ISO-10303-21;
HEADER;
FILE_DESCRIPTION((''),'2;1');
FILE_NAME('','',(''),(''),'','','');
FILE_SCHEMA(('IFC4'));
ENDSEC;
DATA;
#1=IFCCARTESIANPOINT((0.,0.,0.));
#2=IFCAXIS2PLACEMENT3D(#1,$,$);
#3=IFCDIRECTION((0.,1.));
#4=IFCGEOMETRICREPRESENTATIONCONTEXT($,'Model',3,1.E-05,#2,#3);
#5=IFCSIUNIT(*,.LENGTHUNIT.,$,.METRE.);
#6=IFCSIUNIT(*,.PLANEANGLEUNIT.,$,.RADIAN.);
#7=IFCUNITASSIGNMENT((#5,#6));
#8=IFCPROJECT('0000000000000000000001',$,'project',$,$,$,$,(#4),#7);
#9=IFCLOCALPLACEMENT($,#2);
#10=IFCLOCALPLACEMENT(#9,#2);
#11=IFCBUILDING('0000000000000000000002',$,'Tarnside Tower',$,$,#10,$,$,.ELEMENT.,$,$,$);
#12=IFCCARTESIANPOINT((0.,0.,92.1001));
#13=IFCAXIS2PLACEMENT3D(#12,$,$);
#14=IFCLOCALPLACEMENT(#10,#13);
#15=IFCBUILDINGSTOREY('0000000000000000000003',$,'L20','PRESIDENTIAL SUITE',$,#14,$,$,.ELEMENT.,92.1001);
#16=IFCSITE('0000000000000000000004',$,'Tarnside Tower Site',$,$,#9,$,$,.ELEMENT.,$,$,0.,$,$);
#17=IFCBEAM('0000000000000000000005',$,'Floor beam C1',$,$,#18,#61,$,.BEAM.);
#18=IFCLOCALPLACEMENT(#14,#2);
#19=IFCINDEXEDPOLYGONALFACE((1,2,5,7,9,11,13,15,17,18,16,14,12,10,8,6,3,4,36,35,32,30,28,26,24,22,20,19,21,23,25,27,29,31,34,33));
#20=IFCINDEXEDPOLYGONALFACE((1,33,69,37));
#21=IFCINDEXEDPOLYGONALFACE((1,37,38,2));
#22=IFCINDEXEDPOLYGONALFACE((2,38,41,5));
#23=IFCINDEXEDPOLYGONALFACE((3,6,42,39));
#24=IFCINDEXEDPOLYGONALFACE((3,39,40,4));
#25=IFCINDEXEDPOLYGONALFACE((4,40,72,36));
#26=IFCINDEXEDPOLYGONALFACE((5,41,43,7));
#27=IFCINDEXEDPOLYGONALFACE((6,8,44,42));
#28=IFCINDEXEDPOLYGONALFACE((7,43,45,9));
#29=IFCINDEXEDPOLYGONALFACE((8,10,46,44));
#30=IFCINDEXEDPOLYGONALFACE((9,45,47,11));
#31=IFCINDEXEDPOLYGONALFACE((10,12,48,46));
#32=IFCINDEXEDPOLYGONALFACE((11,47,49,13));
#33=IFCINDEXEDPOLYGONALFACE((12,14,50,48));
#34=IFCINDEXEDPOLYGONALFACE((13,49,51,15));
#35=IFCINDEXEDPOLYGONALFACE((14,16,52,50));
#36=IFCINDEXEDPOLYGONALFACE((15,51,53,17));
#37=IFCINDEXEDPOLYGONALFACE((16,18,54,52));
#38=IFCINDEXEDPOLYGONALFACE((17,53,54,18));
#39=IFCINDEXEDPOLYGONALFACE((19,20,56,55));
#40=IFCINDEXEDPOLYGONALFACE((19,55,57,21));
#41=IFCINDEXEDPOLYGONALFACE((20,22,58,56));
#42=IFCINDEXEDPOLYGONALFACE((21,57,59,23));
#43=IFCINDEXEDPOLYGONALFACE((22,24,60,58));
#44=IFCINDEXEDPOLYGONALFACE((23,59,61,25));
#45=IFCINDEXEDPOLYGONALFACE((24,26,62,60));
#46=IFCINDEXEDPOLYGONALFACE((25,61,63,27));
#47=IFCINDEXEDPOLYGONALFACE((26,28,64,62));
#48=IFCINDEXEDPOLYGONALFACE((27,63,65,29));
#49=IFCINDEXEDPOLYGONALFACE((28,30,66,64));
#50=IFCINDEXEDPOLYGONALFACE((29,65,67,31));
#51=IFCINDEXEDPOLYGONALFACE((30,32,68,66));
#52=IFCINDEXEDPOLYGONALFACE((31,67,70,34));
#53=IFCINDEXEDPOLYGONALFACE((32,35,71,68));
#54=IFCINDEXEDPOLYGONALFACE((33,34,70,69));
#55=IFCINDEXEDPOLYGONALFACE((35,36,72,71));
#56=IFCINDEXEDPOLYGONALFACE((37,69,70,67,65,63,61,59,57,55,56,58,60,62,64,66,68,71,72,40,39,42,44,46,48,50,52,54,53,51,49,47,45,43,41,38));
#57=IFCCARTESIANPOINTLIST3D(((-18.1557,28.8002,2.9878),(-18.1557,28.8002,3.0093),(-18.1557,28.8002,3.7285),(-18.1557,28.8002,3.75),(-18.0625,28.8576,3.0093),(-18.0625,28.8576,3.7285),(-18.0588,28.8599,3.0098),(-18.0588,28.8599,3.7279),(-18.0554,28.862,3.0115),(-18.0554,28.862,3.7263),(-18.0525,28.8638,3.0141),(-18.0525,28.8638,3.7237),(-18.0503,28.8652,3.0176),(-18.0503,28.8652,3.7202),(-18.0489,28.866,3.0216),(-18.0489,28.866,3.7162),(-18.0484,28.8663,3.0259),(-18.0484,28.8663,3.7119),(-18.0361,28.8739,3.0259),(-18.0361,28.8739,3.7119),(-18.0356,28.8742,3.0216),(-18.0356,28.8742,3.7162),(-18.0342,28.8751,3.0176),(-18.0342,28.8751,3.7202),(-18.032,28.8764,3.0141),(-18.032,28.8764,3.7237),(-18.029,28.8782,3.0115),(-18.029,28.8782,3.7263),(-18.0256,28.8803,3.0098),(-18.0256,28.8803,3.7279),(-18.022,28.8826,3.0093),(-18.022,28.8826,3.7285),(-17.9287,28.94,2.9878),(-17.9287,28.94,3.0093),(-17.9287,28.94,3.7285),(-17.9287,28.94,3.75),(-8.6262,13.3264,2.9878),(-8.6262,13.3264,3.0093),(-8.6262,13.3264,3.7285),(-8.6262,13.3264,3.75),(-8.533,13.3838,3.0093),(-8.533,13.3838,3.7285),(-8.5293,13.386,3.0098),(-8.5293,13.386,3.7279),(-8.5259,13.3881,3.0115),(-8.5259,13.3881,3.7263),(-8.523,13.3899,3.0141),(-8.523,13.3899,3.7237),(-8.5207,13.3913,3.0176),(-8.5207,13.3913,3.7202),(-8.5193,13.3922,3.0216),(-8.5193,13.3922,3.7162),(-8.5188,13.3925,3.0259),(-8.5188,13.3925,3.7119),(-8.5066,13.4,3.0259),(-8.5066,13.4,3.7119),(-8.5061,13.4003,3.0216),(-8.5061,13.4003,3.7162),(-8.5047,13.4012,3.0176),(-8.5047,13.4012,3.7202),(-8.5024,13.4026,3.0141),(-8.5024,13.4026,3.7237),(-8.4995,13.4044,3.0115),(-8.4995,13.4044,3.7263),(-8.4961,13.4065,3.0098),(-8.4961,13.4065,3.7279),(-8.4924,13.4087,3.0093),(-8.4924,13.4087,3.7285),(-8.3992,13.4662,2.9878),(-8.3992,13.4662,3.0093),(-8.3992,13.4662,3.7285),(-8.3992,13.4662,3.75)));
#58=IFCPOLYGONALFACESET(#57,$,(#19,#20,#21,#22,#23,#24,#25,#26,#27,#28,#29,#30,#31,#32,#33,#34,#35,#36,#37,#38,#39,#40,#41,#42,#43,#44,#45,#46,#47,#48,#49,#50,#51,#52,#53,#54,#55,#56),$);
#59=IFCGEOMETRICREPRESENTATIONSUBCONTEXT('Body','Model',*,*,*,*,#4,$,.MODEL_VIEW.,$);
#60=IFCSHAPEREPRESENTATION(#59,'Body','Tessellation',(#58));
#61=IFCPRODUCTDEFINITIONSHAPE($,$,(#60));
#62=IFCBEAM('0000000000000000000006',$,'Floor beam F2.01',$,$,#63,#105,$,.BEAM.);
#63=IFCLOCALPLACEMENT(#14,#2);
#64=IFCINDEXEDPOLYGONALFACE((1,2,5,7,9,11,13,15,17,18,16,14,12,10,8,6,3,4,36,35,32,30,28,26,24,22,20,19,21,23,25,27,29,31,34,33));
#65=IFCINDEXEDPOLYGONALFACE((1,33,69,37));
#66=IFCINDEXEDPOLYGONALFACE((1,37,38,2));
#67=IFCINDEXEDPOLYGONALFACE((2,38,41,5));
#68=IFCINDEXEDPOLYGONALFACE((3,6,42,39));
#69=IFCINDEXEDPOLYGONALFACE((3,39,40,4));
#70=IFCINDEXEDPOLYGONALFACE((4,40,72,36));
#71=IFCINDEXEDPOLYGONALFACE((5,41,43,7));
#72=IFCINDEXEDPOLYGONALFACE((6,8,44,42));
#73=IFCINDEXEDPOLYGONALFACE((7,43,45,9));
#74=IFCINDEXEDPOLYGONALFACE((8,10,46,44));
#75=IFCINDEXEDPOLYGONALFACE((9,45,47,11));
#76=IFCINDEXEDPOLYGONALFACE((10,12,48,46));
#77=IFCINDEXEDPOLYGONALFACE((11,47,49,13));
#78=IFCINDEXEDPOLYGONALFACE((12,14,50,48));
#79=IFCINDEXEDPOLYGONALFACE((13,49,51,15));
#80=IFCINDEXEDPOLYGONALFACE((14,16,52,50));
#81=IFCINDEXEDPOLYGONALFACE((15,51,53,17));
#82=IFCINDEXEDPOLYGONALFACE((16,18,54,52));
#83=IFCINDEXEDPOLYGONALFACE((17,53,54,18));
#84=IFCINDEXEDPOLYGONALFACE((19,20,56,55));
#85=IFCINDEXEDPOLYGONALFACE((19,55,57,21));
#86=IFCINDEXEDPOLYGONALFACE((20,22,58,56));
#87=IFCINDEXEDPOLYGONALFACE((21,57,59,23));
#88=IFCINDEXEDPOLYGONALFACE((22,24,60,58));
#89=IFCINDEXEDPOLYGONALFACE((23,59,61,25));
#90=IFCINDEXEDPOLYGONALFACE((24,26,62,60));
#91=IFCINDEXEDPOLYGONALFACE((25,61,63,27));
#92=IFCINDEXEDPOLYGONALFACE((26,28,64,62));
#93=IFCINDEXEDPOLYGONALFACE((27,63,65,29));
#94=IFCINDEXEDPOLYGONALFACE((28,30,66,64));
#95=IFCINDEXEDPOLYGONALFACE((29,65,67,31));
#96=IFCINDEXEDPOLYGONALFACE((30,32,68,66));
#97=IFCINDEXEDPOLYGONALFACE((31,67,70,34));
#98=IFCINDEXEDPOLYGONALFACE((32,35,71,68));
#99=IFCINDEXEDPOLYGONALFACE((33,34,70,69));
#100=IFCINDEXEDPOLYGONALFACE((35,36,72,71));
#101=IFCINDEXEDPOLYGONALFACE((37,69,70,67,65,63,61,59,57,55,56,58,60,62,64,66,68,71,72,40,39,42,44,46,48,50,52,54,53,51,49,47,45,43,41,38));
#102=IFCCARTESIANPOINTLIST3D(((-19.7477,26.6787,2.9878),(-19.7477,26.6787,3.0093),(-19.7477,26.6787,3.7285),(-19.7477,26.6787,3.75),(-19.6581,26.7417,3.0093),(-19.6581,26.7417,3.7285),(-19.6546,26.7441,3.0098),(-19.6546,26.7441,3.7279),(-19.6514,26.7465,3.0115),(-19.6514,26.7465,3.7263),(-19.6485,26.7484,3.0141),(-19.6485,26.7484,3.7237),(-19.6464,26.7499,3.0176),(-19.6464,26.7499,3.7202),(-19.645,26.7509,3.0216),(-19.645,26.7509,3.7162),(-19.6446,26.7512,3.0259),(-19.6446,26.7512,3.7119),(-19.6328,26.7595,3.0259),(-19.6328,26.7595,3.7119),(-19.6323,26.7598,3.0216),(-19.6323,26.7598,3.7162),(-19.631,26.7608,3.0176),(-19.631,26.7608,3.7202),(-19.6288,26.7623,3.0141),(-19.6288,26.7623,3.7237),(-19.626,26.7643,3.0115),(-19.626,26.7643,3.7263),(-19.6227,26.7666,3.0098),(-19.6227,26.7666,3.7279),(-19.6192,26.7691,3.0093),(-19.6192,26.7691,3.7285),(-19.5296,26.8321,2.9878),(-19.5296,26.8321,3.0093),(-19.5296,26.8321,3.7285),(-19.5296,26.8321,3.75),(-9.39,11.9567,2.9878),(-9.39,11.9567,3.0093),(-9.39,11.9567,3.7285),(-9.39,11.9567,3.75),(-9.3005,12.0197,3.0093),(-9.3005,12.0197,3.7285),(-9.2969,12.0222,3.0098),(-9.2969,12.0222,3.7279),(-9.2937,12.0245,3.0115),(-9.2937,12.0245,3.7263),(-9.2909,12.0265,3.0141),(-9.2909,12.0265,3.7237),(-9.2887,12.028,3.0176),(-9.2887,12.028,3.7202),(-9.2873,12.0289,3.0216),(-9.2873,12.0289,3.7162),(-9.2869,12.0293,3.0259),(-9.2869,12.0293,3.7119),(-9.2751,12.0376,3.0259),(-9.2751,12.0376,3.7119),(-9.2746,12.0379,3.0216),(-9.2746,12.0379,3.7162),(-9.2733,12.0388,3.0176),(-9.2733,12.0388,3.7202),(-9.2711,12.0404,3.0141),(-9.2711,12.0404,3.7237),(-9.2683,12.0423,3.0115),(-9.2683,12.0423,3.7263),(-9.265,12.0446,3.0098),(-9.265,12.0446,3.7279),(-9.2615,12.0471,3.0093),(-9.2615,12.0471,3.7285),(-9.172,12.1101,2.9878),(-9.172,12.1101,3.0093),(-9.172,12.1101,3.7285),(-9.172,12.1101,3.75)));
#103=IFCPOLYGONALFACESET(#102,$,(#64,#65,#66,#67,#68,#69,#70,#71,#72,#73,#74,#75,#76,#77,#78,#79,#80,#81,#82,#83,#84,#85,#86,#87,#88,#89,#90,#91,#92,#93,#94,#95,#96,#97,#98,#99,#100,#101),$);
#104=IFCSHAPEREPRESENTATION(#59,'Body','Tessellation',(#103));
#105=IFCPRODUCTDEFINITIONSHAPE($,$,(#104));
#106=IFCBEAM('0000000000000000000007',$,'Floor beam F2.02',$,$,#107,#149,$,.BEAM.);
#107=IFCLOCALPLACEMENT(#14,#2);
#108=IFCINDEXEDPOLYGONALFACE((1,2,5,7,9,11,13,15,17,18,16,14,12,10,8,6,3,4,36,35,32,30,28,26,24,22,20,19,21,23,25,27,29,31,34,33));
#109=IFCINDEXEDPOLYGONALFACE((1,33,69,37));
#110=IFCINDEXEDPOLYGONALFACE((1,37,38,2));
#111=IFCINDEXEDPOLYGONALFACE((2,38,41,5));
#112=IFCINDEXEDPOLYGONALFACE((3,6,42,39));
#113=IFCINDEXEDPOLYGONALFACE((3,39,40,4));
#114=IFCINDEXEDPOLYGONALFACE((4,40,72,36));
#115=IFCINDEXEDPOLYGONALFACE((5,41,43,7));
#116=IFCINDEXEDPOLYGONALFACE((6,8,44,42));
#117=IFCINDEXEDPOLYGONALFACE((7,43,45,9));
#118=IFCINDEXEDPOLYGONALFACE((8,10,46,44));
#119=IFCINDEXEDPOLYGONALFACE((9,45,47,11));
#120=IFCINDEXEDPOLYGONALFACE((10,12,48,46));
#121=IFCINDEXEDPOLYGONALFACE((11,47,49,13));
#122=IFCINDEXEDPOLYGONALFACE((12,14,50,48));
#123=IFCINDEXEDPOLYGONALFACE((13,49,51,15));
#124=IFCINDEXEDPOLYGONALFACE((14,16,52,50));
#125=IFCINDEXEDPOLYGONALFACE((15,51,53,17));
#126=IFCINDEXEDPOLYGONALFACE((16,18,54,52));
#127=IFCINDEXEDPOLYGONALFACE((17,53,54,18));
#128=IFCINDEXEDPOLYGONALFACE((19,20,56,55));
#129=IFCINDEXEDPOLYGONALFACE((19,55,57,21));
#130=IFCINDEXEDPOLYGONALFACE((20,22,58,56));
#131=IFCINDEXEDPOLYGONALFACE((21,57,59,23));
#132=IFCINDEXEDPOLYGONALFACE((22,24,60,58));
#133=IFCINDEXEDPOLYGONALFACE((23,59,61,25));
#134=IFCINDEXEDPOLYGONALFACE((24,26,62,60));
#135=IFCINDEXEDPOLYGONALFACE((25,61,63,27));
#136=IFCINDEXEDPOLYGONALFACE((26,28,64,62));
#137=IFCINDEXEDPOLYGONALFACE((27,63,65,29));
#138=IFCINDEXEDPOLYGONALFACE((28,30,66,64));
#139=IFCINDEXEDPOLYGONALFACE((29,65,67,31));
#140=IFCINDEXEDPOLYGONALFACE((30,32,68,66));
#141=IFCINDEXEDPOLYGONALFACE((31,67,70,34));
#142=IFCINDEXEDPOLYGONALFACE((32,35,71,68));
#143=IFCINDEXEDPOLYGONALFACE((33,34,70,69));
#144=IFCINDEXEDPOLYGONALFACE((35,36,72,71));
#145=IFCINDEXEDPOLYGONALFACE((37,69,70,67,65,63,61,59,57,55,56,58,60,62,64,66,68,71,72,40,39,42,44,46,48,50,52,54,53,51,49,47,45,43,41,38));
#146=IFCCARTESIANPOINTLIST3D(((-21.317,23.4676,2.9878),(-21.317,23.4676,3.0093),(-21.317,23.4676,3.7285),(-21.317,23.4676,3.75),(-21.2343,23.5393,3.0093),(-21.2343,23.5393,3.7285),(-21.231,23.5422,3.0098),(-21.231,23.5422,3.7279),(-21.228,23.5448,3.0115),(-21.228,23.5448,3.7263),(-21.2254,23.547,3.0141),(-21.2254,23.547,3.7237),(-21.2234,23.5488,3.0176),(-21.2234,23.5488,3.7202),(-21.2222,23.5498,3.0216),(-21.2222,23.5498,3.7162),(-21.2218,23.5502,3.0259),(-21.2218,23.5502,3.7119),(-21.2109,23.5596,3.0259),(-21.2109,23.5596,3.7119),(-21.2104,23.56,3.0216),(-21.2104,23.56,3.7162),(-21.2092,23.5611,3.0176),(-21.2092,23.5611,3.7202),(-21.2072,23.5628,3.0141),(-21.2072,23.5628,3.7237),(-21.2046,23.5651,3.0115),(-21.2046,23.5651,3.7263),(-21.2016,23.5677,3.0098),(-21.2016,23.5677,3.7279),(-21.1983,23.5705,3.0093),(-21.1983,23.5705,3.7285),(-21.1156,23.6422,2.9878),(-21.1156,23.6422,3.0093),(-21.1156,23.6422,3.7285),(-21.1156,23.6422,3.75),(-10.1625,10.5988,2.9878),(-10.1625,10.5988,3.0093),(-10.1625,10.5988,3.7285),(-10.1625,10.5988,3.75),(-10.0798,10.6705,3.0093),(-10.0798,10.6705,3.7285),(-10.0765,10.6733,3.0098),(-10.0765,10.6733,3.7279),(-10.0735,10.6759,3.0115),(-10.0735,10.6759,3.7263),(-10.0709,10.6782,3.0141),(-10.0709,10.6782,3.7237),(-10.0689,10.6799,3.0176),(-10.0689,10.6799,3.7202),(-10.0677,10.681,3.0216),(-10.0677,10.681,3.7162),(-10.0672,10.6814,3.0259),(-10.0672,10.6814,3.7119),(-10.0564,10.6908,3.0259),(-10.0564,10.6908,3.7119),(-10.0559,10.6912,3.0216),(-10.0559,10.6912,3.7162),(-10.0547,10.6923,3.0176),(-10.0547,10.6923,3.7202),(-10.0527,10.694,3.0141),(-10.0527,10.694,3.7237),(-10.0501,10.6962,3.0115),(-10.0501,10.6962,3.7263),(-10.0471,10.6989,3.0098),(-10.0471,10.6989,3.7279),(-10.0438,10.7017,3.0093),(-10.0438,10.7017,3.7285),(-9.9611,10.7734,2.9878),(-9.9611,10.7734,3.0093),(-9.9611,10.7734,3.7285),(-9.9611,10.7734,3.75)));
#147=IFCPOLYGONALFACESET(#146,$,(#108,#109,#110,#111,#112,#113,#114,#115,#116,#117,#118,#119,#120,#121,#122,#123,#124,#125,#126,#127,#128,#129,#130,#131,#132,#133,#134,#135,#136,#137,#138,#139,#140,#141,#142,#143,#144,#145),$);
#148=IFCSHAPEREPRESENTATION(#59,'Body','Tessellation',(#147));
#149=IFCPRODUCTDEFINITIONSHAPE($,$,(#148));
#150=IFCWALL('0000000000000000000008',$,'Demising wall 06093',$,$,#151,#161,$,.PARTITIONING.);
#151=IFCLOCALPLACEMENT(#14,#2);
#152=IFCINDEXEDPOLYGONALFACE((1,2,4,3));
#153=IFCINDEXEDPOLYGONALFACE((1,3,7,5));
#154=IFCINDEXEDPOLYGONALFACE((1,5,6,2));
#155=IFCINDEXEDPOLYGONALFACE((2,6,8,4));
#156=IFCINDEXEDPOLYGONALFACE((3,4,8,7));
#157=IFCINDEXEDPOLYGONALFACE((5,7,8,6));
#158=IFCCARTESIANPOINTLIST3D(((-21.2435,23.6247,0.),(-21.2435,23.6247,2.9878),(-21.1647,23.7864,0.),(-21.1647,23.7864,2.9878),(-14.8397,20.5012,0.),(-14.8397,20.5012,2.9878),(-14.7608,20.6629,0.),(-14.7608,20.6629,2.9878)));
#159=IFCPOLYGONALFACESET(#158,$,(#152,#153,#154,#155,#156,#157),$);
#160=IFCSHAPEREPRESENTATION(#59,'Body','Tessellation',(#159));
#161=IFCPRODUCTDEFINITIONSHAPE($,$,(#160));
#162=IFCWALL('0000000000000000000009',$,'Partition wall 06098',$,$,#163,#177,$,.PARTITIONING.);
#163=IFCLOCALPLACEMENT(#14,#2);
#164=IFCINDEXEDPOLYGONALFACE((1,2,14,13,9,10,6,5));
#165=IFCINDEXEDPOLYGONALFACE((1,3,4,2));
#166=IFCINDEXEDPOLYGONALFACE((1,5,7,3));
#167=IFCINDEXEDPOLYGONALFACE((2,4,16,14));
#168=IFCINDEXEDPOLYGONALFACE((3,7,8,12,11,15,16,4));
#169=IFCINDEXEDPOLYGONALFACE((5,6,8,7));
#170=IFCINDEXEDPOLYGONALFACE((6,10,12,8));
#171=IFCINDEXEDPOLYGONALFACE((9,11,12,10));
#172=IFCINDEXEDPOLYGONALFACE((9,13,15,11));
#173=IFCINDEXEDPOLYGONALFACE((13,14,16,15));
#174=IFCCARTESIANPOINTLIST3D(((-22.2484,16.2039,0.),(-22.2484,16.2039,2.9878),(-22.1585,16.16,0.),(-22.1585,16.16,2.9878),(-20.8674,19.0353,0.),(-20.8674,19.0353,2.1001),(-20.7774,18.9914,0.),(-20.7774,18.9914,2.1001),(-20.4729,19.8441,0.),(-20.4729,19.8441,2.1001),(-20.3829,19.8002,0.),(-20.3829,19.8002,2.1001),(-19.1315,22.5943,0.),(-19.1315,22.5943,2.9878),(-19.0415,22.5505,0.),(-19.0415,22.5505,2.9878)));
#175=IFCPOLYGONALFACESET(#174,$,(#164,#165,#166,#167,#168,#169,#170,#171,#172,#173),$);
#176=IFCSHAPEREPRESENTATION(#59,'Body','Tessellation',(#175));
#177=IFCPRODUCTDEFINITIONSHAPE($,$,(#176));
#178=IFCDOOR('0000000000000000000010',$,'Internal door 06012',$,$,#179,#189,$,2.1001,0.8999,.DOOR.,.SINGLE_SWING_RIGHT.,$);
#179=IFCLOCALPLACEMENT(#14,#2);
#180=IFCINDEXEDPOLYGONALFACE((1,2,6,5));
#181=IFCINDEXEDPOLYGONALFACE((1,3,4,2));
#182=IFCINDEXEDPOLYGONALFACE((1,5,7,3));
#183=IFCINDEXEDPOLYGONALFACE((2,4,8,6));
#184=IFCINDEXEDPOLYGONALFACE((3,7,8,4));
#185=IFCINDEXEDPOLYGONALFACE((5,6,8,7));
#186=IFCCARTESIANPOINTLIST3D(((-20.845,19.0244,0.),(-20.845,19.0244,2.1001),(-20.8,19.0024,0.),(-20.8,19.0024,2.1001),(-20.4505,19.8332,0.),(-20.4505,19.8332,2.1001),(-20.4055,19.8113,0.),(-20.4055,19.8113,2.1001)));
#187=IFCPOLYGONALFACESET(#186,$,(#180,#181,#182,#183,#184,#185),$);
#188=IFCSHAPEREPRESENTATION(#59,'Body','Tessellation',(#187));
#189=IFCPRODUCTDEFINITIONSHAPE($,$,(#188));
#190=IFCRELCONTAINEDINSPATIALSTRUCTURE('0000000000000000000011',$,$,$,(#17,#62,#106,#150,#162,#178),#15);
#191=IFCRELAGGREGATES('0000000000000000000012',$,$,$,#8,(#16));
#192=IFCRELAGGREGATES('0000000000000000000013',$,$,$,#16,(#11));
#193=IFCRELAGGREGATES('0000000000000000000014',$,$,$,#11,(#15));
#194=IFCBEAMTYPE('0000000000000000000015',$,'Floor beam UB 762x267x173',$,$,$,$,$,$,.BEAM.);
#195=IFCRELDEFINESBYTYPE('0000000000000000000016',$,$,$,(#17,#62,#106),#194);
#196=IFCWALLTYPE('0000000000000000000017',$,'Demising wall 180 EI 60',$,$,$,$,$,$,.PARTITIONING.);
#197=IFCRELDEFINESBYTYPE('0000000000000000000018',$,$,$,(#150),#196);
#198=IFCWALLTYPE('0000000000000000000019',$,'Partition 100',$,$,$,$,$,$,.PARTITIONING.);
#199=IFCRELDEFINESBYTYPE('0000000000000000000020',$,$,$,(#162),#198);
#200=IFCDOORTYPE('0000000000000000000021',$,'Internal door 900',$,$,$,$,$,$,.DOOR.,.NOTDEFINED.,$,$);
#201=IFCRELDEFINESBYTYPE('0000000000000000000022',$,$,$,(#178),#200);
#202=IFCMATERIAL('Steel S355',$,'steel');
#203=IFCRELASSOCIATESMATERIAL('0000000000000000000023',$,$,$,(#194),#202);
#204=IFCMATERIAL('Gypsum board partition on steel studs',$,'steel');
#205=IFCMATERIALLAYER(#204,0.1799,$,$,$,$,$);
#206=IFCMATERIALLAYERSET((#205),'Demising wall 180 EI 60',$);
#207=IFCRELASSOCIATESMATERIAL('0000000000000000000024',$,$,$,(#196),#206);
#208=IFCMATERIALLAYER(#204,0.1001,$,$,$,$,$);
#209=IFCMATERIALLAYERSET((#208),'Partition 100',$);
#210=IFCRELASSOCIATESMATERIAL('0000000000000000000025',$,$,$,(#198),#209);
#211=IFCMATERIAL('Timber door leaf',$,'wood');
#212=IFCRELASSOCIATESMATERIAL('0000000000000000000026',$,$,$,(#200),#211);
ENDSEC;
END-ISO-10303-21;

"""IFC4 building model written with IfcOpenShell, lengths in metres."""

from ifc_helpers import new_model, si_unit, direction, frame, frame_2d, origin, origin_2d, place, context, subcontext, project, spatial, rectangle, i_section, extrude, material, layer, layer_set, material_profile, profile_set, type_object, element, fill, save


model = new_model("IFC4")

# Units and contexts
model_context = context("Model", 3, precision=1e-05, world=origin(), true_north=direction((0.0, 1.0)))
body_context = subcontext(model_context, "Body", "Model", "MODEL_VIEW")
ifc_project = project(units=[si_unit("LENGTHUNIT", "METRE"), si_unit("PLANEANGLEUNIT", "RADIAN")], contexts=[model_context])

# Site, building, storey
site_placement = place(None, origin())
site = spatial("IfcSite", under=ifc_project, at=site_placement, Name="Tarnside Tower Site", CompositionType="ELEMENT", RefElevation=0.0)
building_placement = place(site_placement, origin())
building = spatial("IfcBuilding", under=site, at=building_placement, Name="Tarnside Tower", CompositionType="ELEMENT")
storey_placement = place(building_placement, frame((0.0, 0.0, 92.1001)))
storey = spatial("IfcBuildingStorey", under=building, at=storey_placement, Name="L20", Description="PRESIDENTIAL SUITE", CompositionType="ELEMENT", Elevation=92.1001)

# Beams
ifc_material_1 = material(Name="Steel S355", Category="steel")
ifc_material_profile = material_profile(ifc_material_1, i_section(OverallWidth=0.2666, OverallDepth=0.7622, WebThickness=0.0144, FlangeThickness=0.0215, FilletRadius=0.0166, at=origin_2d()), Name="UB 762x267x173")
ifc_profile_set = profile_set([ifc_material_profile], Name="Steel S355")
beam_type = type_object("IfcBeamType", Name="Floor beam UB 762x267x173", PredefinedType="BEAM", material=ifc_profile_set)
beam_1_placement = place(storey_placement, frame((-18.0422, 28.8701, 3.3689), z_axis=(0.524383, -0.851483, 0.0), x_axis=(0.851483, 0.524383, 0.0)))
element("IfcBeam", 1, at=beam_1_placement, inside=storey, type_object=beam_type, Name="Floor beam C1", PredefinedType="BEAM", context=body_context, shape_type="SweptSolid", body=[
    extrude(i_section(OverallWidth=0.2666, OverallDepth=0.7622, WebThickness=0.0144, FlangeThickness=0.0215, FilletRadius=0.0166, at=origin_2d()), origin(), (0.0, 0.0, 1.0), 18.1729),
])
beam_2_placement = place(storey_placement, frame((-19.6387, 26.7554, 3.3689), z_axis=(0.575411, -0.817864, 0.0), x_axis=(0.817864, 0.575411, 0.0)))
element("IfcBeam", 2, at=beam_2_placement, inside=storey, type_object=beam_type, Name="Floor beam F2.01", PredefinedType="BEAM", context=body_context, shape_type="SweptSolid", body=[
    extrude(i_section(OverallWidth=0.2666, OverallDepth=0.7622, WebThickness=0.0144, FlangeThickness=0.0215, FilletRadius=0.0166, at=origin_2d()), origin(), (0.0, 0.0, 1.0), 18.0005),
])
beam_3_placement = place(storey_placement, frame((-21.2163, 23.5549, 3.3689), z_axis=(0.654981, -0.755646, 0.0), x_axis=(0.755646, 0.654981, 0.0)))
element("IfcBeam", 3, at=beam_3_placement, inside=storey, type_object=beam_type, Name="Floor beam F2.02", PredefinedType="BEAM", context=body_context, shape_type="SweptSolid", body=[
    extrude(i_section(OverallWidth=0.2666, OverallDepth=0.7622, WebThickness=0.0144, FlangeThickness=0.0215, FilletRadius=0.0166, at=origin_2d()), origin(), (0.0, 0.0, 1.0), 17.0303),
])

# Wall
ifc_material_2 = material(Name="Gypsum board partition on steel studs", Category="steel")
ifc_layer_1 = layer(ifc_material_2, 0.1799)
ifc_layer_set_1 = layer_set([ifc_layer_1], Name="Demising wall 180 EI 60")
wall_type_1 = type_object("IfcWallType", Name="Demising wall 180 EI 60", PredefinedType="PARTITIONING", material=ifc_layer_set_1)
wall_1_placement = place(storey_placement, frame((-21.2041, 23.7056, 0.0), z_axis=(0.0, 0.0, 1.0), x_axis=(0.898784, -0.438393, 0.0)))
element("IfcWall", 4, at=wall_1_placement, inside=storey, type_object=wall_type_1, Name="Demising wall 06093", PredefinedType="PARTITIONING", context=body_context, shape_type="SweptSolid", body=[
    extrude(rectangle(XDim=7.125, YDim=0.1799, at=frame_2d((3.5625, 0.0))), origin(), (0.0, 0.0, 1.0), 2.9878),
])

# Wall, opening, door
ifc_layer_2 = layer(ifc_material_2, 0.1001)
ifc_layer_set_2 = layer_set([ifc_layer_2], Name="Partition 100")
wall_type_2 = type_object("IfcWallType", Name="Partition 100", PredefinedType="PARTITIONING", material=ifc_layer_set_2)
wall_2_placement = place(storey_placement, frame((-19.0864, 22.5725, 0.0), z_axis=(0.0, 0.0, 1.0), x_axis=(-0.438388, -0.898786, 0.0)))
wall_2 = element("IfcWall", 5, at=wall_2_placement, inside=storey, type_object=wall_type_2, Name="Partition wall 06098", PredefinedType="PARTITIONING", context=body_context, shape_type="SweptSolid", body=[
    extrude(rectangle(XDim=7.1101, YDim=0.1001, at=frame_2d((3.5552, 0.0))), origin(), (0.0, 0.0, 1.0), 2.9878),
])
opening_1_placement = place(wall_2_placement, frame((3.0601, 0.0, 0.0)))
opening_1 = element("IfcOpeningElement", 6, at=opening_1_placement, cuts=wall_2, PredefinedType="OPENING", context=body_context, shape_type="SweptSolid", body=[
    extrude(rectangle(XDim=0.8999, YDim=2.1001, at=frame_2d((0.45, 1.05))), frame((0.0, 0.0601, 0.0), z_axis=(0.0, -1.0, 0.0), x_axis=(1.0, 0.0, 0.0)), (0.0, 0.0, 1.0), 0.1201),
])
ifc_material_3 = material(Name="Timber door leaf", Category="wood")
door_type = type_object("IfcDoorType", Name="Internal door 900", OperationType="NOTDEFINED", PredefinedType="DOOR", material=ifc_material_3)
door_placement = place(opening_1_placement, origin())
door = element("IfcDoor", 7, at=door_placement, inside=storey, type_object=door_type, Name="Internal door 06012", OperationType="SINGLE_SWING_RIGHT", OverallHeight=2.1001, OverallWidth=0.8999, PredefinedType="DOOR", context=body_context, shape_type="SweptSolid", body=[
    extrude(rectangle(XDim=0.8999, YDim=2.1001, at=frame_2d((0.45, 1.05))), frame((0.0, 0.0249, 0.0), z_axis=(0.0, -1.0, 0.0), x_axis=(1.0, 0.0, 0.0)), (0.0, 0.0, 1.0), 0.05),
])
fill(opening_1, door)

save(model, "model.ifc")
